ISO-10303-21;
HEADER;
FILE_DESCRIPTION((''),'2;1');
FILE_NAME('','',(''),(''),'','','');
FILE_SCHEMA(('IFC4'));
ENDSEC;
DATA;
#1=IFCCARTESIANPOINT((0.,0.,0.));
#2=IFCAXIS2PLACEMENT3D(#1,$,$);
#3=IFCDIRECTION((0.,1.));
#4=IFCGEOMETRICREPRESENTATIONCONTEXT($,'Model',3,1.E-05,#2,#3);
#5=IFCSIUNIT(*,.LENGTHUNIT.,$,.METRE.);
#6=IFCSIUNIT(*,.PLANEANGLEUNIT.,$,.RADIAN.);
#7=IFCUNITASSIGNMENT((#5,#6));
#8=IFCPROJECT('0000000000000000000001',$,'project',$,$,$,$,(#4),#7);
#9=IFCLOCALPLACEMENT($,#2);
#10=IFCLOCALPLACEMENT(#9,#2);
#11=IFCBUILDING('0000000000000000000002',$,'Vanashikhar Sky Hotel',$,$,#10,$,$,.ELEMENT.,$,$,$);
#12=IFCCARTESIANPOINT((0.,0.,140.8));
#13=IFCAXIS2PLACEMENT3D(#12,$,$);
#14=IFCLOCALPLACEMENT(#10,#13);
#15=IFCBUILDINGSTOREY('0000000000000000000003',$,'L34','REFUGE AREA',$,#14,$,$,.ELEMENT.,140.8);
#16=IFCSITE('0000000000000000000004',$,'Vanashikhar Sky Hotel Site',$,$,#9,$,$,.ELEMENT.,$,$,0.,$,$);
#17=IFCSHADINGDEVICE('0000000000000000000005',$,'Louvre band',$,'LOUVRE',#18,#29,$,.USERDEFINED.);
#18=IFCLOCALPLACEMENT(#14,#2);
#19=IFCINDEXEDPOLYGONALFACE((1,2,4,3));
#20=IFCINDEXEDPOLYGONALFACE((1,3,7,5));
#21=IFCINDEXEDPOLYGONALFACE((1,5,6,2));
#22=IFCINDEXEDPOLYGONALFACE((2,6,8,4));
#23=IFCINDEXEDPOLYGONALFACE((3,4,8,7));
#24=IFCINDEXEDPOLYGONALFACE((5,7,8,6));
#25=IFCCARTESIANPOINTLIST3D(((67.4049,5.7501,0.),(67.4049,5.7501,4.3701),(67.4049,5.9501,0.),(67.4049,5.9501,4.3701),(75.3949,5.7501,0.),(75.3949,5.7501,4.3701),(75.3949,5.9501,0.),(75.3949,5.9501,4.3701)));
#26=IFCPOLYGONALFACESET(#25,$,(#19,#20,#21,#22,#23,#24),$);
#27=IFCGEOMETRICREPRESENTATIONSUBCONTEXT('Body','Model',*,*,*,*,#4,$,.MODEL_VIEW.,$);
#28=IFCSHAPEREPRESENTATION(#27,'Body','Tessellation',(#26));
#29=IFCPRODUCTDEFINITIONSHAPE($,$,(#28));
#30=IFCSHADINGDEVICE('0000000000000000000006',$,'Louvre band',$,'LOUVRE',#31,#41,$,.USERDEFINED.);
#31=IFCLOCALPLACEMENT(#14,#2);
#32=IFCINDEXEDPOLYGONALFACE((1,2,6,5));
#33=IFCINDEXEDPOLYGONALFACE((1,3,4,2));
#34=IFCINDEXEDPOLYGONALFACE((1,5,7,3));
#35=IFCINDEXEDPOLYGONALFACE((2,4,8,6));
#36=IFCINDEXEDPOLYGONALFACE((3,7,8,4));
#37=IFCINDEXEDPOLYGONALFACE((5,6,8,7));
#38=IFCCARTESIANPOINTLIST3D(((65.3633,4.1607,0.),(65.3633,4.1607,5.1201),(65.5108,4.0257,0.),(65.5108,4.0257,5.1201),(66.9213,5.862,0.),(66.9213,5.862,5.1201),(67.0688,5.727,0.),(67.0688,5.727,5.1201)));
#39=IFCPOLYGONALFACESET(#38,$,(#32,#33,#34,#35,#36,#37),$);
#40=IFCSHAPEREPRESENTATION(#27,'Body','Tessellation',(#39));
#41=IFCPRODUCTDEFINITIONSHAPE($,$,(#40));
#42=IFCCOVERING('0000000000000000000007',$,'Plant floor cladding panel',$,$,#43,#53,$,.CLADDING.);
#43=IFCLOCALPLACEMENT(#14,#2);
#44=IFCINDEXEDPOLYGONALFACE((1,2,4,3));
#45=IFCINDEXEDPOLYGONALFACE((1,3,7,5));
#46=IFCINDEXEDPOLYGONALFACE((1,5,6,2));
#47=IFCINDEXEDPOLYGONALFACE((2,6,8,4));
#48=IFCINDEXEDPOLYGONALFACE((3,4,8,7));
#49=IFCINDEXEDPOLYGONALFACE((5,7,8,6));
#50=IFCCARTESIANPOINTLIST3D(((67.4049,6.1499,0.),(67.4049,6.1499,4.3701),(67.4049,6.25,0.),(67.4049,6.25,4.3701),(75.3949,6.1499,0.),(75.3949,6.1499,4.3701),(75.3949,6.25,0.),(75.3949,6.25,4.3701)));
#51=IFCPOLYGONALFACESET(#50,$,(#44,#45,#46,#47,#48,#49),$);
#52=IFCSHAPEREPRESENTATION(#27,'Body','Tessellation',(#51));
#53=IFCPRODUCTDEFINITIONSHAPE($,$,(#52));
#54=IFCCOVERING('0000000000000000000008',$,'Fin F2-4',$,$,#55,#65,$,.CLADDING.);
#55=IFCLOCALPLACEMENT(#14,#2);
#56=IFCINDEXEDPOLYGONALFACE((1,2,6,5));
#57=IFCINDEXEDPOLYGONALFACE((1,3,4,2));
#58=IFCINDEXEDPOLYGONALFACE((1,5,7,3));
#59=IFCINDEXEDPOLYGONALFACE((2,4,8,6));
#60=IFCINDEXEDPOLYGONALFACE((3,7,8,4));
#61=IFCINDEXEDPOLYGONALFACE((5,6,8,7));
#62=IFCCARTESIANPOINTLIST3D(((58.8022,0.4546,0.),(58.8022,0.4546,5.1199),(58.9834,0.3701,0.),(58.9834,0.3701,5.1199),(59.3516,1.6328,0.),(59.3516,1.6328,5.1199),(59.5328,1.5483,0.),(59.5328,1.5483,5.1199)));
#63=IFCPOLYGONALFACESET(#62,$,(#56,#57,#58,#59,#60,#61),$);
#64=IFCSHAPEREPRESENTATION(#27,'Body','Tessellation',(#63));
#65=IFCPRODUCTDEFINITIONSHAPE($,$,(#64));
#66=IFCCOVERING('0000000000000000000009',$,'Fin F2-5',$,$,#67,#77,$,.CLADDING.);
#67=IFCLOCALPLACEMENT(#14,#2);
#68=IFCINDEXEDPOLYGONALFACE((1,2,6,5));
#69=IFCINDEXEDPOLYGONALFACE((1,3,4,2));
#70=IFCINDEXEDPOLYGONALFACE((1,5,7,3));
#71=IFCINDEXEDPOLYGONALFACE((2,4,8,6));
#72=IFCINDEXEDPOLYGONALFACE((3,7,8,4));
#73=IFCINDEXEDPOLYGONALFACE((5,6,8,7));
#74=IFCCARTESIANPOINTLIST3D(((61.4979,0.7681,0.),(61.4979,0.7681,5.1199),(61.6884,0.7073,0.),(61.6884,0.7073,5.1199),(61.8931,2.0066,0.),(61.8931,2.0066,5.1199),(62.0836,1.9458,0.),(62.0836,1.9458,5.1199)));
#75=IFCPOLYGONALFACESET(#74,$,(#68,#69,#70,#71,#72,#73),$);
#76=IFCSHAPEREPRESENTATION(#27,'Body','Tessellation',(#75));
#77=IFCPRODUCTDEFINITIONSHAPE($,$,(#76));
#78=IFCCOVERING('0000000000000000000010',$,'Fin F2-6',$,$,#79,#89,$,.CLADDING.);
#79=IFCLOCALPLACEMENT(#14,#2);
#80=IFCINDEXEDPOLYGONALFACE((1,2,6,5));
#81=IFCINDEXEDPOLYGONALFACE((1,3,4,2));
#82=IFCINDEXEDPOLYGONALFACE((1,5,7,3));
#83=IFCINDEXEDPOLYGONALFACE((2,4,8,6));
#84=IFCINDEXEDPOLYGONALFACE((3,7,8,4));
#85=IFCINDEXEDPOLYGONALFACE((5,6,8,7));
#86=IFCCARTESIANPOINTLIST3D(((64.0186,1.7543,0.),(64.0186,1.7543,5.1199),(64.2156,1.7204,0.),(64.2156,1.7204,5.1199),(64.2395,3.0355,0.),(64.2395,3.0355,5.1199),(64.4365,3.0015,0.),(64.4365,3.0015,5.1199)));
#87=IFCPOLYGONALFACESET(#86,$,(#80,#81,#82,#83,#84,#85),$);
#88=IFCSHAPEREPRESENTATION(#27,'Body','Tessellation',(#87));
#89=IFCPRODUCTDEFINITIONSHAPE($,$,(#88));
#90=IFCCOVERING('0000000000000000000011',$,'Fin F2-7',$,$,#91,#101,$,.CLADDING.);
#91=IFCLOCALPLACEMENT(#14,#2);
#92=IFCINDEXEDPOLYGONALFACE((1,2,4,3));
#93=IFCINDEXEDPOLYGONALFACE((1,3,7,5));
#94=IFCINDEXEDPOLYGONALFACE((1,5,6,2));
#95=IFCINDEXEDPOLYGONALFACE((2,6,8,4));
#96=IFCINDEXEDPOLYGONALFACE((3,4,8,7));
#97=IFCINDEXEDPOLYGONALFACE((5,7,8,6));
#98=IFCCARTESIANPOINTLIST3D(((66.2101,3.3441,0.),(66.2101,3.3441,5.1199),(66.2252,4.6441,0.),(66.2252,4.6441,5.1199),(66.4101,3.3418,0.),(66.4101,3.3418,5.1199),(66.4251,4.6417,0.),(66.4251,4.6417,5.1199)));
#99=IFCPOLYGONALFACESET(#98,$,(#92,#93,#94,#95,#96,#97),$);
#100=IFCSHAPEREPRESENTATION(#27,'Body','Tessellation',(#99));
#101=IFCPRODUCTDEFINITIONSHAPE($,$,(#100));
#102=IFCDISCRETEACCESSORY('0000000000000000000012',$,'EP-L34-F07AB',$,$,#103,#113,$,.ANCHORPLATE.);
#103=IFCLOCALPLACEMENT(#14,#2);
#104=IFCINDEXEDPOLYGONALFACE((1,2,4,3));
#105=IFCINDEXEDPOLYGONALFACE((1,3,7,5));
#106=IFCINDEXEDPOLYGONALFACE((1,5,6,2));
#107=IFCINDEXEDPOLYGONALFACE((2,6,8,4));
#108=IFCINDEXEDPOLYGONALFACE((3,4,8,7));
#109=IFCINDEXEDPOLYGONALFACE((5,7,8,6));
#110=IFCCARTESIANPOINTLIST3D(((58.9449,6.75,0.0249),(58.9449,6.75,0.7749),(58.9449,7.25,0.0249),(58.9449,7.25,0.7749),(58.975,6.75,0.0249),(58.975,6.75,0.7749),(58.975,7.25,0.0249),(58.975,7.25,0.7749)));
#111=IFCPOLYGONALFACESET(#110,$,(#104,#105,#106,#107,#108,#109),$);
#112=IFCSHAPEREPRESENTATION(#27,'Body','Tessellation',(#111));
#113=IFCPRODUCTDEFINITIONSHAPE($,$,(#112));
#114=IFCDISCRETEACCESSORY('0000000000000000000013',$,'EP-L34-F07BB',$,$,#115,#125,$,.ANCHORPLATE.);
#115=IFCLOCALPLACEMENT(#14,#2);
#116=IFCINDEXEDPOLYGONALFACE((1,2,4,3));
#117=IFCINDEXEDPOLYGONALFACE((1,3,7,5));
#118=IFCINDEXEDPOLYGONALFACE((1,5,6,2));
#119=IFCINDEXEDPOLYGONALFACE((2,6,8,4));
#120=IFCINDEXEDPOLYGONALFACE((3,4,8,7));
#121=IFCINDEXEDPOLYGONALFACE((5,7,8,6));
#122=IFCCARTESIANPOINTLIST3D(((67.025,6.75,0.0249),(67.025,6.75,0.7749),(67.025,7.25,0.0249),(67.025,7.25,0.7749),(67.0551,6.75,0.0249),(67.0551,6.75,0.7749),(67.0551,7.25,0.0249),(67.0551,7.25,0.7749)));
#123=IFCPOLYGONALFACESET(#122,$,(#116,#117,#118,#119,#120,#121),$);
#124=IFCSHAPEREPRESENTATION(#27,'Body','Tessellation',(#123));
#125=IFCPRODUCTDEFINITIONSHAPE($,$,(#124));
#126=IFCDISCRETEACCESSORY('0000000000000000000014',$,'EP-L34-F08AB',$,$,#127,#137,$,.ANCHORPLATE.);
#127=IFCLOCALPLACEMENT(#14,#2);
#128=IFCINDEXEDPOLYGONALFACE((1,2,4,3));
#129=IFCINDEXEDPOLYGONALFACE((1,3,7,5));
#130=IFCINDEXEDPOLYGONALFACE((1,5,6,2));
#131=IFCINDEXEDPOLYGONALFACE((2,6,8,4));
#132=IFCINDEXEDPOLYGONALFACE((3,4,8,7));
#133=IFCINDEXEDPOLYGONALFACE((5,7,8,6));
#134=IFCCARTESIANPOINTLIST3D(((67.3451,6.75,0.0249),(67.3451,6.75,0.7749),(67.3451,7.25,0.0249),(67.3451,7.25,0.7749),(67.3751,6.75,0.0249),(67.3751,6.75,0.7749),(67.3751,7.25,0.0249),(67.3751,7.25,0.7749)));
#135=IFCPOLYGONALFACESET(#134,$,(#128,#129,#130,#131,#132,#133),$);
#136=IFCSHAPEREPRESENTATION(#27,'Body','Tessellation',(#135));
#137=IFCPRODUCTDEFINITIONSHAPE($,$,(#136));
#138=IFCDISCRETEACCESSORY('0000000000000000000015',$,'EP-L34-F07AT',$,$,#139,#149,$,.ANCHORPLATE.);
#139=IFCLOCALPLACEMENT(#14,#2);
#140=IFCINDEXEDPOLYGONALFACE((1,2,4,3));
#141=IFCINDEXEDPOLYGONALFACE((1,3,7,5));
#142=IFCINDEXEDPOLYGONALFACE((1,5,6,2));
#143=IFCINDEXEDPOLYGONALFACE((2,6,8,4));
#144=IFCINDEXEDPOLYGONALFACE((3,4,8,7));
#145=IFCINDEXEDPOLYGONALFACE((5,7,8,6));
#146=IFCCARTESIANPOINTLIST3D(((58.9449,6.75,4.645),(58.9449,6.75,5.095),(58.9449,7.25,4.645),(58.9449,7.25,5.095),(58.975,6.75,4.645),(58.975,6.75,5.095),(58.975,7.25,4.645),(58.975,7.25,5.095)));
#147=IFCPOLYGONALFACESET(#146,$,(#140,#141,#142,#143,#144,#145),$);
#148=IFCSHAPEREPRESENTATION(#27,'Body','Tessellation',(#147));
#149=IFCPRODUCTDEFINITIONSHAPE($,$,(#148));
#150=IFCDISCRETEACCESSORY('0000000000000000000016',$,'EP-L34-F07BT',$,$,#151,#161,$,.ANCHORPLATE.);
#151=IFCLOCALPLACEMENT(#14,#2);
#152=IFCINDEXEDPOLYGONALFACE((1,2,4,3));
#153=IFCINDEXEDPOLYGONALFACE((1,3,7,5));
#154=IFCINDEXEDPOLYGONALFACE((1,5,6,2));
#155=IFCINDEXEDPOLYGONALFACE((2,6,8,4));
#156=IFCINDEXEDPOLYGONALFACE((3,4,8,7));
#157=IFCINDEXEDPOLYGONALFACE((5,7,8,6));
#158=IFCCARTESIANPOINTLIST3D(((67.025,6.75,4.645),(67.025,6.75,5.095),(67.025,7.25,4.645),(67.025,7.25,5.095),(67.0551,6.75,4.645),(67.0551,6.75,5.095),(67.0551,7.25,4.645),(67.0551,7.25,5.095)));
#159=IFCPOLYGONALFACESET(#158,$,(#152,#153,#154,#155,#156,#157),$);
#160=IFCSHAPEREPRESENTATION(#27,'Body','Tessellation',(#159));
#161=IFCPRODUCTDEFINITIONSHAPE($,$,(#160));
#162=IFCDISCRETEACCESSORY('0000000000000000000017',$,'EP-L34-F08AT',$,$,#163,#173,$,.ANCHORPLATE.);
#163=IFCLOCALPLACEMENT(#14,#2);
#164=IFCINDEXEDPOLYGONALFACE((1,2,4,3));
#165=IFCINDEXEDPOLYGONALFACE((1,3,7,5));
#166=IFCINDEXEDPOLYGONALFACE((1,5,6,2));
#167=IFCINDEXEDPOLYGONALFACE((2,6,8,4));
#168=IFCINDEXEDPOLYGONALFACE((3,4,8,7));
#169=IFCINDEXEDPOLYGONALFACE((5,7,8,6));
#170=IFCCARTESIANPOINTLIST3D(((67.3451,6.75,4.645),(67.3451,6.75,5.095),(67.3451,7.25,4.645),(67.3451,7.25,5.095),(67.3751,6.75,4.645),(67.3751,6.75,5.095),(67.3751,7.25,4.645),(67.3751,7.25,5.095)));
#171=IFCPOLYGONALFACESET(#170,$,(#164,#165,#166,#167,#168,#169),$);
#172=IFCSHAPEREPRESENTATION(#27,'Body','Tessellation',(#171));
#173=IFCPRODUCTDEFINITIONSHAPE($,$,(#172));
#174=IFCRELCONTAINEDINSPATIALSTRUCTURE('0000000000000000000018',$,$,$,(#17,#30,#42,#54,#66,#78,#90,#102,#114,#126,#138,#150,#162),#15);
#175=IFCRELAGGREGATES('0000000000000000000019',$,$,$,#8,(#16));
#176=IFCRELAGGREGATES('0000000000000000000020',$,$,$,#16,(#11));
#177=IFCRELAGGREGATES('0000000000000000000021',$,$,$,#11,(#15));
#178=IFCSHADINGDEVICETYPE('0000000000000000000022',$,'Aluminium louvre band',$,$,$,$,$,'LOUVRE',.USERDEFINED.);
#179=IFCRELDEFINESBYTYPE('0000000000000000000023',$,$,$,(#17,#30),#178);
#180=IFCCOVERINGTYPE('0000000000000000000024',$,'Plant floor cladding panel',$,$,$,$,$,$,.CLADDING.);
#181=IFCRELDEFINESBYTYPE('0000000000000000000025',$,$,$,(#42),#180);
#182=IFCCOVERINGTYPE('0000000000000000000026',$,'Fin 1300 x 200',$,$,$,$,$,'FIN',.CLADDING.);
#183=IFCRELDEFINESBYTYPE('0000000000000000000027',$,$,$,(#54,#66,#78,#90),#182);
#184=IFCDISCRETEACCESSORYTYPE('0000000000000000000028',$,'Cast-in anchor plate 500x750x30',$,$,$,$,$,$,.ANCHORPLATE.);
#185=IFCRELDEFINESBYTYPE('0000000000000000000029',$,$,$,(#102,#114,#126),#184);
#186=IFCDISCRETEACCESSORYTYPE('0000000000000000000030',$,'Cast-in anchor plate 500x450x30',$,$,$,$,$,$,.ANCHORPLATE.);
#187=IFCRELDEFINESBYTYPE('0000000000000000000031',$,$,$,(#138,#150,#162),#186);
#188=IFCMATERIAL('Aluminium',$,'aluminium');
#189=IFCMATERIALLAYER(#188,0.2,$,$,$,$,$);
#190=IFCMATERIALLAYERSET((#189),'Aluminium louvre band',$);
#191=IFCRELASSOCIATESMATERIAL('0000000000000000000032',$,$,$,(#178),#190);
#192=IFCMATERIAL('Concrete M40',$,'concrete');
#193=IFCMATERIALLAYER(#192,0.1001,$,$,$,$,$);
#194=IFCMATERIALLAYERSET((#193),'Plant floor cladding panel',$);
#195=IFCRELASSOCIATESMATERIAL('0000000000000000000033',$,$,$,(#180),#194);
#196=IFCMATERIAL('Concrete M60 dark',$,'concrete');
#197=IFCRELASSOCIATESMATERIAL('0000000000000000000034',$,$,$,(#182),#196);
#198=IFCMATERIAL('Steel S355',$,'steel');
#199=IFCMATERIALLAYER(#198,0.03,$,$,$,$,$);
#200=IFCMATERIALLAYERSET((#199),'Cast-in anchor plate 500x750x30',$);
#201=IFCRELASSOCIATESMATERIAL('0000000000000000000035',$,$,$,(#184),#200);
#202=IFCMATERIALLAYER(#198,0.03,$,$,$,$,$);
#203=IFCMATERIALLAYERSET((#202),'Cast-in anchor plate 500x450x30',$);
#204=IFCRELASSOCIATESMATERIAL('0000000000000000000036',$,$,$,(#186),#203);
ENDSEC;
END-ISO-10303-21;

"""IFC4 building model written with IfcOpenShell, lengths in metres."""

from ifc_helpers import new_model, si_unit, direction, frame, origin, origin_2d, place, context, subcontext, project, spatial, rectangle, extrude, source, transform, mapped, material, layer, layer_set, material_profile, profile_set, type_object, element, save


model = new_model("IFC4")

# Units and contexts
model_context = context("Model", 3, precision=1e-05, world=origin(), true_north=direction((0.0, 1.0)))
body_context = subcontext(model_context, "Body", "Model", "MODEL_VIEW")
ifc_project = project(units=[si_unit("LENGTHUNIT", "METRE"), si_unit("PLANEANGLEUNIT", "RADIAN")], contexts=[model_context])

# Site, building, storey
site_placement = place(None, origin())
site = spatial("IfcSite", under=ifc_project, at=site_placement, Name="Vanashikhar Sky Hotel Site", CompositionType="ELEMENT", RefElevation=0.0)
building_placement = place(site_placement, origin())
building = spatial("IfcBuilding", under=site, at=building_placement, Name="Vanashikhar Sky Hotel", CompositionType="ELEMENT")
storey_placement = place(building_placement, frame((0.0, 0.0, 140.8)))
storey = spatial("IfcBuildingStorey", under=building, at=storey_placement, Name="L34", Description="REFUGE AREA", CompositionType="ELEMENT", Elevation=140.8)

# Shared definitions
ifc_material_1 = material(Name="Steel S355", Category="steel")

# Shared definitions
ifc_material_2 = material(Name="Aluminium", Category="aluminium")
ifc_layer_1 = layer(ifc_material_2, 0.2)
ifc_layer_set_1 = layer_set([ifc_layer_1], Name="Aluminium louvre band")
shading_device_type = type_object("IfcShadingDeviceType", Name="Aluminium louvre band", ElementType="LOUVRE", PredefinedType="USERDEFINED", material=ifc_layer_set_1)

# Shared definitions
ifc_material_3 = material(Name="Concrete M40", Category="concrete")
ifc_layer_2 = layer(ifc_material_3, 0.1001)
ifc_layer_set_2 = layer_set([ifc_layer_2], Name="Plant floor cladding panel")
covering_type_1 = type_object("IfcCoveringType", Name="Plant floor cladding panel", PredefinedType="CLADDING", material=ifc_layer_set_2)

# Shading devices
shared_shape_1 = source(origin(), body_context, "Body", "SweptSolid", [
    extrude(rectangle(XDim=7.99, YDim=0.2, at=origin_2d()), origin(), (0.0, 0.0, 1.0), 4.3701),
])
shading_device_1_placement = place(storey_placement, frame((71.3999, 5.8501, 0.0), z_axis=(0.0, 0.0, 1.0), x_axis=(1.0, 0.0, 0.0)))
element("IfcShadingDevice", 1, at=shading_device_1_placement, inside=storey, type_object=shading_device_type, Name="Louvre band", ObjectType="LOUVRE", PredefinedType="USERDEFINED", context=body_context, shape_type="MappedRepresentation", body=[
    mapped(shared_shape_1, transform((0.0, 0.0, 0.0), scale=1.0)),
])
shared_shape_2 = source(origin(), body_context, "Body", "SweptSolid", [
    extrude(rectangle(XDim=2.3069, YDim=0.2, at=origin_2d()), origin(), (0.0, 0.0, 1.0), 5.1201),
])
shading_device_2_placement = place(storey_placement, frame((66.2161, 4.9438, 0.0), z_axis=(0.0, 0.0, 1.0), x_axis=(0.675359, 0.73749, 0.0)))
element("IfcShadingDevice", 2, at=shading_device_2_placement, inside=storey, type_object=shading_device_type, Name="Louvre band", ObjectType="LOUVRE", PredefinedType="USERDEFINED", context=body_context, shape_type="MappedRepresentation", body=[
    mapped(shared_shape_2, transform((0.0, 0.0, 0.0), scale=1.0)),
])

# Coverings
shared_shape_3 = source(origin(), body_context, "Body", "SweptSolid", [
    extrude(rectangle(XDim=7.99, YDim=0.1001, at=origin_2d()), origin(), (0.0, 0.0, 1.0), 4.3701),
])
covering_1_placement = place(storey_placement, frame((71.3999, 6.2, 0.0), z_axis=(0.0, 0.0, 1.0), x_axis=(1.0, 0.0, 0.0)))
element("IfcCovering", 3, at=covering_1_placement, inside=storey, type_object=covering_type_1, Name="Plant floor cladding panel", PredefinedType="CLADDING", context=body_context, shape_type="MappedRepresentation", body=[
    mapped(shared_shape_3, transform((0.0, 0.0, 0.0), scale=1.0)),
])
ifc_material_4 = material(Name="Concrete M60 dark", Category="concrete")
ifc_material_profile_1 = material_profile(ifc_material_4, rectangle(XDim=1.3, YDim=0.2, at=origin_2d()))
ifc_profile_set_1 = profile_set([ifc_material_profile_1], Name="Fin 1300 x 200")
covering_type_2 = type_object("IfcCoveringType", Name="Fin 1300 x 200", ElementType="FIN", PredefinedType="CLADDING", material=ifc_profile_set_1)
shared_shape_4 = source(origin(), body_context, "Body", "SweptSolid", [
    extrude(rectangle(XDim=1.3, YDim=0.2, at=origin_2d()), origin(), (0.0, 0.0, 1.0), 5.1199),
])
for number, where, z_axis, x_axis, name in (
    (4, (59.1675, 1.0015, 0.0), (0.0, 0.0, 1.0), (-0.422618, -0.906308, 0.0), "Fin F2-4"),
    (5, (61.7908, 1.3569, 0.0), (0.0, 0.0, 1.0), (-0.303967, -0.952683, 0.0), "Fin F2-5"),
    (6, (64.2275, 2.3779, 0.0), (0.0, 0.0, 1.0), (-0.1699, -0.985461, 0.0), "Fin F2-6"),
    (7, (66.3176, 3.9929, 0.0), (0.0, 0.0, 1.0), (-0.011589, -0.999933, 0.0), "Fin F2-7"),
):
    element("IfcCovering", number, at=place(storey_placement, frame(where, z_axis=z_axis, x_axis=x_axis)), inside=storey, type_object=covering_type_2, Name=name, PredefinedType="CLADDING", context=body_context, shape_type="MappedRepresentation", body=[
        mapped(shared_shape_4, transform((0.0, 0.0, 0.0), scale=1.0)),
    ])

# Discrete accessories
ifc_layer_3 = layer(ifc_material_1, 0.03)
ifc_layer_set_3 = layer_set([ifc_layer_3], Name="Cast-in anchor plate 500x750x30")
discrete_accessory_type_1 = type_object("IfcDiscreteAccessoryType", Name="Cast-in anchor plate 500x750x30", PredefinedType="ANCHORPLATE", material=ifc_layer_set_3)
shared_shape_5 = source(origin(), body_context, "Body", "SweptSolid", [
    extrude(rectangle(XDim=0.03, YDim=0.5, at=origin_2d()), origin(), (0.0, 0.0, 1.0), 0.75),
])
for number, where, z_axis, x_axis, name in (
    (8, (58.96, 7.0, 0.0249), (0.0, 0.0, 1.0), (1.0, 0.0, 0.0), "EP-L34-F07AB"),
    (9, (67.04, 7.0, 0.0249), (0.0, 0.0, 1.0), (1.0, 0.0, 0.0), "EP-L34-F07BB"),
    (10, (67.3601, 7.0, 0.0249), (0.0, 0.0, 1.0), (1.0, 0.0, 0.0), "EP-L34-F08AB"),
):
    element("IfcDiscreteAccessory", number, at=place(storey_placement, frame(where, z_axis=z_axis, x_axis=x_axis)), inside=storey, type_object=discrete_accessory_type_1, Name=name, PredefinedType="ANCHORPLATE", context=body_context, shape_type="MappedRepresentation", body=[
        mapped(shared_shape_5, transform((0.0, 0.0, 0.0), scale=1.0)),
    ])
ifc_layer_4 = layer(ifc_material_1, 0.03)
ifc_layer_set_4 = layer_set([ifc_layer_4], Name="Cast-in anchor plate 500x450x30")
discrete_accessory_type_2 = type_object("IfcDiscreteAccessoryType", Name="Cast-in anchor plate 500x450x30", PredefinedType="ANCHORPLATE", material=ifc_layer_set_4)
shared_shape_6 = source(origin(), body_context, "Body", "SweptSolid", [
    extrude(rectangle(XDim=0.03, YDim=0.5, at=origin_2d()), origin(), (0.0, 0.0, 1.0), 0.45),
])
for number, where, z_axis, x_axis, name in (
    (11, (58.96, 7.0, 4.645), (0.0, 0.0, 1.0), (1.0, 0.0, 0.0), "EP-L34-F07AT"),
    (12, (67.04, 7.0, 4.645), (0.0, 0.0, 1.0), (1.0, 0.0, 0.0), "EP-L34-F07BT"),
    (13, (67.3601, 7.0, 4.645), (0.0, 0.0, 1.0), (1.0, 0.0, 0.0), "EP-L34-F08AT"),
):
    element("IfcDiscreteAccessory", number, at=place(storey_placement, frame(where, z_axis=z_axis, x_axis=x_axis)), inside=storey, type_object=discrete_accessory_type_2, Name=name, PredefinedType="ANCHORPLATE", context=body_context, shape_type="MappedRepresentation", body=[
        mapped(shared_shape_6, transform((0.0, 0.0, 0.0), scale=1.0)),
    ])

save(model, "model.ifc")
